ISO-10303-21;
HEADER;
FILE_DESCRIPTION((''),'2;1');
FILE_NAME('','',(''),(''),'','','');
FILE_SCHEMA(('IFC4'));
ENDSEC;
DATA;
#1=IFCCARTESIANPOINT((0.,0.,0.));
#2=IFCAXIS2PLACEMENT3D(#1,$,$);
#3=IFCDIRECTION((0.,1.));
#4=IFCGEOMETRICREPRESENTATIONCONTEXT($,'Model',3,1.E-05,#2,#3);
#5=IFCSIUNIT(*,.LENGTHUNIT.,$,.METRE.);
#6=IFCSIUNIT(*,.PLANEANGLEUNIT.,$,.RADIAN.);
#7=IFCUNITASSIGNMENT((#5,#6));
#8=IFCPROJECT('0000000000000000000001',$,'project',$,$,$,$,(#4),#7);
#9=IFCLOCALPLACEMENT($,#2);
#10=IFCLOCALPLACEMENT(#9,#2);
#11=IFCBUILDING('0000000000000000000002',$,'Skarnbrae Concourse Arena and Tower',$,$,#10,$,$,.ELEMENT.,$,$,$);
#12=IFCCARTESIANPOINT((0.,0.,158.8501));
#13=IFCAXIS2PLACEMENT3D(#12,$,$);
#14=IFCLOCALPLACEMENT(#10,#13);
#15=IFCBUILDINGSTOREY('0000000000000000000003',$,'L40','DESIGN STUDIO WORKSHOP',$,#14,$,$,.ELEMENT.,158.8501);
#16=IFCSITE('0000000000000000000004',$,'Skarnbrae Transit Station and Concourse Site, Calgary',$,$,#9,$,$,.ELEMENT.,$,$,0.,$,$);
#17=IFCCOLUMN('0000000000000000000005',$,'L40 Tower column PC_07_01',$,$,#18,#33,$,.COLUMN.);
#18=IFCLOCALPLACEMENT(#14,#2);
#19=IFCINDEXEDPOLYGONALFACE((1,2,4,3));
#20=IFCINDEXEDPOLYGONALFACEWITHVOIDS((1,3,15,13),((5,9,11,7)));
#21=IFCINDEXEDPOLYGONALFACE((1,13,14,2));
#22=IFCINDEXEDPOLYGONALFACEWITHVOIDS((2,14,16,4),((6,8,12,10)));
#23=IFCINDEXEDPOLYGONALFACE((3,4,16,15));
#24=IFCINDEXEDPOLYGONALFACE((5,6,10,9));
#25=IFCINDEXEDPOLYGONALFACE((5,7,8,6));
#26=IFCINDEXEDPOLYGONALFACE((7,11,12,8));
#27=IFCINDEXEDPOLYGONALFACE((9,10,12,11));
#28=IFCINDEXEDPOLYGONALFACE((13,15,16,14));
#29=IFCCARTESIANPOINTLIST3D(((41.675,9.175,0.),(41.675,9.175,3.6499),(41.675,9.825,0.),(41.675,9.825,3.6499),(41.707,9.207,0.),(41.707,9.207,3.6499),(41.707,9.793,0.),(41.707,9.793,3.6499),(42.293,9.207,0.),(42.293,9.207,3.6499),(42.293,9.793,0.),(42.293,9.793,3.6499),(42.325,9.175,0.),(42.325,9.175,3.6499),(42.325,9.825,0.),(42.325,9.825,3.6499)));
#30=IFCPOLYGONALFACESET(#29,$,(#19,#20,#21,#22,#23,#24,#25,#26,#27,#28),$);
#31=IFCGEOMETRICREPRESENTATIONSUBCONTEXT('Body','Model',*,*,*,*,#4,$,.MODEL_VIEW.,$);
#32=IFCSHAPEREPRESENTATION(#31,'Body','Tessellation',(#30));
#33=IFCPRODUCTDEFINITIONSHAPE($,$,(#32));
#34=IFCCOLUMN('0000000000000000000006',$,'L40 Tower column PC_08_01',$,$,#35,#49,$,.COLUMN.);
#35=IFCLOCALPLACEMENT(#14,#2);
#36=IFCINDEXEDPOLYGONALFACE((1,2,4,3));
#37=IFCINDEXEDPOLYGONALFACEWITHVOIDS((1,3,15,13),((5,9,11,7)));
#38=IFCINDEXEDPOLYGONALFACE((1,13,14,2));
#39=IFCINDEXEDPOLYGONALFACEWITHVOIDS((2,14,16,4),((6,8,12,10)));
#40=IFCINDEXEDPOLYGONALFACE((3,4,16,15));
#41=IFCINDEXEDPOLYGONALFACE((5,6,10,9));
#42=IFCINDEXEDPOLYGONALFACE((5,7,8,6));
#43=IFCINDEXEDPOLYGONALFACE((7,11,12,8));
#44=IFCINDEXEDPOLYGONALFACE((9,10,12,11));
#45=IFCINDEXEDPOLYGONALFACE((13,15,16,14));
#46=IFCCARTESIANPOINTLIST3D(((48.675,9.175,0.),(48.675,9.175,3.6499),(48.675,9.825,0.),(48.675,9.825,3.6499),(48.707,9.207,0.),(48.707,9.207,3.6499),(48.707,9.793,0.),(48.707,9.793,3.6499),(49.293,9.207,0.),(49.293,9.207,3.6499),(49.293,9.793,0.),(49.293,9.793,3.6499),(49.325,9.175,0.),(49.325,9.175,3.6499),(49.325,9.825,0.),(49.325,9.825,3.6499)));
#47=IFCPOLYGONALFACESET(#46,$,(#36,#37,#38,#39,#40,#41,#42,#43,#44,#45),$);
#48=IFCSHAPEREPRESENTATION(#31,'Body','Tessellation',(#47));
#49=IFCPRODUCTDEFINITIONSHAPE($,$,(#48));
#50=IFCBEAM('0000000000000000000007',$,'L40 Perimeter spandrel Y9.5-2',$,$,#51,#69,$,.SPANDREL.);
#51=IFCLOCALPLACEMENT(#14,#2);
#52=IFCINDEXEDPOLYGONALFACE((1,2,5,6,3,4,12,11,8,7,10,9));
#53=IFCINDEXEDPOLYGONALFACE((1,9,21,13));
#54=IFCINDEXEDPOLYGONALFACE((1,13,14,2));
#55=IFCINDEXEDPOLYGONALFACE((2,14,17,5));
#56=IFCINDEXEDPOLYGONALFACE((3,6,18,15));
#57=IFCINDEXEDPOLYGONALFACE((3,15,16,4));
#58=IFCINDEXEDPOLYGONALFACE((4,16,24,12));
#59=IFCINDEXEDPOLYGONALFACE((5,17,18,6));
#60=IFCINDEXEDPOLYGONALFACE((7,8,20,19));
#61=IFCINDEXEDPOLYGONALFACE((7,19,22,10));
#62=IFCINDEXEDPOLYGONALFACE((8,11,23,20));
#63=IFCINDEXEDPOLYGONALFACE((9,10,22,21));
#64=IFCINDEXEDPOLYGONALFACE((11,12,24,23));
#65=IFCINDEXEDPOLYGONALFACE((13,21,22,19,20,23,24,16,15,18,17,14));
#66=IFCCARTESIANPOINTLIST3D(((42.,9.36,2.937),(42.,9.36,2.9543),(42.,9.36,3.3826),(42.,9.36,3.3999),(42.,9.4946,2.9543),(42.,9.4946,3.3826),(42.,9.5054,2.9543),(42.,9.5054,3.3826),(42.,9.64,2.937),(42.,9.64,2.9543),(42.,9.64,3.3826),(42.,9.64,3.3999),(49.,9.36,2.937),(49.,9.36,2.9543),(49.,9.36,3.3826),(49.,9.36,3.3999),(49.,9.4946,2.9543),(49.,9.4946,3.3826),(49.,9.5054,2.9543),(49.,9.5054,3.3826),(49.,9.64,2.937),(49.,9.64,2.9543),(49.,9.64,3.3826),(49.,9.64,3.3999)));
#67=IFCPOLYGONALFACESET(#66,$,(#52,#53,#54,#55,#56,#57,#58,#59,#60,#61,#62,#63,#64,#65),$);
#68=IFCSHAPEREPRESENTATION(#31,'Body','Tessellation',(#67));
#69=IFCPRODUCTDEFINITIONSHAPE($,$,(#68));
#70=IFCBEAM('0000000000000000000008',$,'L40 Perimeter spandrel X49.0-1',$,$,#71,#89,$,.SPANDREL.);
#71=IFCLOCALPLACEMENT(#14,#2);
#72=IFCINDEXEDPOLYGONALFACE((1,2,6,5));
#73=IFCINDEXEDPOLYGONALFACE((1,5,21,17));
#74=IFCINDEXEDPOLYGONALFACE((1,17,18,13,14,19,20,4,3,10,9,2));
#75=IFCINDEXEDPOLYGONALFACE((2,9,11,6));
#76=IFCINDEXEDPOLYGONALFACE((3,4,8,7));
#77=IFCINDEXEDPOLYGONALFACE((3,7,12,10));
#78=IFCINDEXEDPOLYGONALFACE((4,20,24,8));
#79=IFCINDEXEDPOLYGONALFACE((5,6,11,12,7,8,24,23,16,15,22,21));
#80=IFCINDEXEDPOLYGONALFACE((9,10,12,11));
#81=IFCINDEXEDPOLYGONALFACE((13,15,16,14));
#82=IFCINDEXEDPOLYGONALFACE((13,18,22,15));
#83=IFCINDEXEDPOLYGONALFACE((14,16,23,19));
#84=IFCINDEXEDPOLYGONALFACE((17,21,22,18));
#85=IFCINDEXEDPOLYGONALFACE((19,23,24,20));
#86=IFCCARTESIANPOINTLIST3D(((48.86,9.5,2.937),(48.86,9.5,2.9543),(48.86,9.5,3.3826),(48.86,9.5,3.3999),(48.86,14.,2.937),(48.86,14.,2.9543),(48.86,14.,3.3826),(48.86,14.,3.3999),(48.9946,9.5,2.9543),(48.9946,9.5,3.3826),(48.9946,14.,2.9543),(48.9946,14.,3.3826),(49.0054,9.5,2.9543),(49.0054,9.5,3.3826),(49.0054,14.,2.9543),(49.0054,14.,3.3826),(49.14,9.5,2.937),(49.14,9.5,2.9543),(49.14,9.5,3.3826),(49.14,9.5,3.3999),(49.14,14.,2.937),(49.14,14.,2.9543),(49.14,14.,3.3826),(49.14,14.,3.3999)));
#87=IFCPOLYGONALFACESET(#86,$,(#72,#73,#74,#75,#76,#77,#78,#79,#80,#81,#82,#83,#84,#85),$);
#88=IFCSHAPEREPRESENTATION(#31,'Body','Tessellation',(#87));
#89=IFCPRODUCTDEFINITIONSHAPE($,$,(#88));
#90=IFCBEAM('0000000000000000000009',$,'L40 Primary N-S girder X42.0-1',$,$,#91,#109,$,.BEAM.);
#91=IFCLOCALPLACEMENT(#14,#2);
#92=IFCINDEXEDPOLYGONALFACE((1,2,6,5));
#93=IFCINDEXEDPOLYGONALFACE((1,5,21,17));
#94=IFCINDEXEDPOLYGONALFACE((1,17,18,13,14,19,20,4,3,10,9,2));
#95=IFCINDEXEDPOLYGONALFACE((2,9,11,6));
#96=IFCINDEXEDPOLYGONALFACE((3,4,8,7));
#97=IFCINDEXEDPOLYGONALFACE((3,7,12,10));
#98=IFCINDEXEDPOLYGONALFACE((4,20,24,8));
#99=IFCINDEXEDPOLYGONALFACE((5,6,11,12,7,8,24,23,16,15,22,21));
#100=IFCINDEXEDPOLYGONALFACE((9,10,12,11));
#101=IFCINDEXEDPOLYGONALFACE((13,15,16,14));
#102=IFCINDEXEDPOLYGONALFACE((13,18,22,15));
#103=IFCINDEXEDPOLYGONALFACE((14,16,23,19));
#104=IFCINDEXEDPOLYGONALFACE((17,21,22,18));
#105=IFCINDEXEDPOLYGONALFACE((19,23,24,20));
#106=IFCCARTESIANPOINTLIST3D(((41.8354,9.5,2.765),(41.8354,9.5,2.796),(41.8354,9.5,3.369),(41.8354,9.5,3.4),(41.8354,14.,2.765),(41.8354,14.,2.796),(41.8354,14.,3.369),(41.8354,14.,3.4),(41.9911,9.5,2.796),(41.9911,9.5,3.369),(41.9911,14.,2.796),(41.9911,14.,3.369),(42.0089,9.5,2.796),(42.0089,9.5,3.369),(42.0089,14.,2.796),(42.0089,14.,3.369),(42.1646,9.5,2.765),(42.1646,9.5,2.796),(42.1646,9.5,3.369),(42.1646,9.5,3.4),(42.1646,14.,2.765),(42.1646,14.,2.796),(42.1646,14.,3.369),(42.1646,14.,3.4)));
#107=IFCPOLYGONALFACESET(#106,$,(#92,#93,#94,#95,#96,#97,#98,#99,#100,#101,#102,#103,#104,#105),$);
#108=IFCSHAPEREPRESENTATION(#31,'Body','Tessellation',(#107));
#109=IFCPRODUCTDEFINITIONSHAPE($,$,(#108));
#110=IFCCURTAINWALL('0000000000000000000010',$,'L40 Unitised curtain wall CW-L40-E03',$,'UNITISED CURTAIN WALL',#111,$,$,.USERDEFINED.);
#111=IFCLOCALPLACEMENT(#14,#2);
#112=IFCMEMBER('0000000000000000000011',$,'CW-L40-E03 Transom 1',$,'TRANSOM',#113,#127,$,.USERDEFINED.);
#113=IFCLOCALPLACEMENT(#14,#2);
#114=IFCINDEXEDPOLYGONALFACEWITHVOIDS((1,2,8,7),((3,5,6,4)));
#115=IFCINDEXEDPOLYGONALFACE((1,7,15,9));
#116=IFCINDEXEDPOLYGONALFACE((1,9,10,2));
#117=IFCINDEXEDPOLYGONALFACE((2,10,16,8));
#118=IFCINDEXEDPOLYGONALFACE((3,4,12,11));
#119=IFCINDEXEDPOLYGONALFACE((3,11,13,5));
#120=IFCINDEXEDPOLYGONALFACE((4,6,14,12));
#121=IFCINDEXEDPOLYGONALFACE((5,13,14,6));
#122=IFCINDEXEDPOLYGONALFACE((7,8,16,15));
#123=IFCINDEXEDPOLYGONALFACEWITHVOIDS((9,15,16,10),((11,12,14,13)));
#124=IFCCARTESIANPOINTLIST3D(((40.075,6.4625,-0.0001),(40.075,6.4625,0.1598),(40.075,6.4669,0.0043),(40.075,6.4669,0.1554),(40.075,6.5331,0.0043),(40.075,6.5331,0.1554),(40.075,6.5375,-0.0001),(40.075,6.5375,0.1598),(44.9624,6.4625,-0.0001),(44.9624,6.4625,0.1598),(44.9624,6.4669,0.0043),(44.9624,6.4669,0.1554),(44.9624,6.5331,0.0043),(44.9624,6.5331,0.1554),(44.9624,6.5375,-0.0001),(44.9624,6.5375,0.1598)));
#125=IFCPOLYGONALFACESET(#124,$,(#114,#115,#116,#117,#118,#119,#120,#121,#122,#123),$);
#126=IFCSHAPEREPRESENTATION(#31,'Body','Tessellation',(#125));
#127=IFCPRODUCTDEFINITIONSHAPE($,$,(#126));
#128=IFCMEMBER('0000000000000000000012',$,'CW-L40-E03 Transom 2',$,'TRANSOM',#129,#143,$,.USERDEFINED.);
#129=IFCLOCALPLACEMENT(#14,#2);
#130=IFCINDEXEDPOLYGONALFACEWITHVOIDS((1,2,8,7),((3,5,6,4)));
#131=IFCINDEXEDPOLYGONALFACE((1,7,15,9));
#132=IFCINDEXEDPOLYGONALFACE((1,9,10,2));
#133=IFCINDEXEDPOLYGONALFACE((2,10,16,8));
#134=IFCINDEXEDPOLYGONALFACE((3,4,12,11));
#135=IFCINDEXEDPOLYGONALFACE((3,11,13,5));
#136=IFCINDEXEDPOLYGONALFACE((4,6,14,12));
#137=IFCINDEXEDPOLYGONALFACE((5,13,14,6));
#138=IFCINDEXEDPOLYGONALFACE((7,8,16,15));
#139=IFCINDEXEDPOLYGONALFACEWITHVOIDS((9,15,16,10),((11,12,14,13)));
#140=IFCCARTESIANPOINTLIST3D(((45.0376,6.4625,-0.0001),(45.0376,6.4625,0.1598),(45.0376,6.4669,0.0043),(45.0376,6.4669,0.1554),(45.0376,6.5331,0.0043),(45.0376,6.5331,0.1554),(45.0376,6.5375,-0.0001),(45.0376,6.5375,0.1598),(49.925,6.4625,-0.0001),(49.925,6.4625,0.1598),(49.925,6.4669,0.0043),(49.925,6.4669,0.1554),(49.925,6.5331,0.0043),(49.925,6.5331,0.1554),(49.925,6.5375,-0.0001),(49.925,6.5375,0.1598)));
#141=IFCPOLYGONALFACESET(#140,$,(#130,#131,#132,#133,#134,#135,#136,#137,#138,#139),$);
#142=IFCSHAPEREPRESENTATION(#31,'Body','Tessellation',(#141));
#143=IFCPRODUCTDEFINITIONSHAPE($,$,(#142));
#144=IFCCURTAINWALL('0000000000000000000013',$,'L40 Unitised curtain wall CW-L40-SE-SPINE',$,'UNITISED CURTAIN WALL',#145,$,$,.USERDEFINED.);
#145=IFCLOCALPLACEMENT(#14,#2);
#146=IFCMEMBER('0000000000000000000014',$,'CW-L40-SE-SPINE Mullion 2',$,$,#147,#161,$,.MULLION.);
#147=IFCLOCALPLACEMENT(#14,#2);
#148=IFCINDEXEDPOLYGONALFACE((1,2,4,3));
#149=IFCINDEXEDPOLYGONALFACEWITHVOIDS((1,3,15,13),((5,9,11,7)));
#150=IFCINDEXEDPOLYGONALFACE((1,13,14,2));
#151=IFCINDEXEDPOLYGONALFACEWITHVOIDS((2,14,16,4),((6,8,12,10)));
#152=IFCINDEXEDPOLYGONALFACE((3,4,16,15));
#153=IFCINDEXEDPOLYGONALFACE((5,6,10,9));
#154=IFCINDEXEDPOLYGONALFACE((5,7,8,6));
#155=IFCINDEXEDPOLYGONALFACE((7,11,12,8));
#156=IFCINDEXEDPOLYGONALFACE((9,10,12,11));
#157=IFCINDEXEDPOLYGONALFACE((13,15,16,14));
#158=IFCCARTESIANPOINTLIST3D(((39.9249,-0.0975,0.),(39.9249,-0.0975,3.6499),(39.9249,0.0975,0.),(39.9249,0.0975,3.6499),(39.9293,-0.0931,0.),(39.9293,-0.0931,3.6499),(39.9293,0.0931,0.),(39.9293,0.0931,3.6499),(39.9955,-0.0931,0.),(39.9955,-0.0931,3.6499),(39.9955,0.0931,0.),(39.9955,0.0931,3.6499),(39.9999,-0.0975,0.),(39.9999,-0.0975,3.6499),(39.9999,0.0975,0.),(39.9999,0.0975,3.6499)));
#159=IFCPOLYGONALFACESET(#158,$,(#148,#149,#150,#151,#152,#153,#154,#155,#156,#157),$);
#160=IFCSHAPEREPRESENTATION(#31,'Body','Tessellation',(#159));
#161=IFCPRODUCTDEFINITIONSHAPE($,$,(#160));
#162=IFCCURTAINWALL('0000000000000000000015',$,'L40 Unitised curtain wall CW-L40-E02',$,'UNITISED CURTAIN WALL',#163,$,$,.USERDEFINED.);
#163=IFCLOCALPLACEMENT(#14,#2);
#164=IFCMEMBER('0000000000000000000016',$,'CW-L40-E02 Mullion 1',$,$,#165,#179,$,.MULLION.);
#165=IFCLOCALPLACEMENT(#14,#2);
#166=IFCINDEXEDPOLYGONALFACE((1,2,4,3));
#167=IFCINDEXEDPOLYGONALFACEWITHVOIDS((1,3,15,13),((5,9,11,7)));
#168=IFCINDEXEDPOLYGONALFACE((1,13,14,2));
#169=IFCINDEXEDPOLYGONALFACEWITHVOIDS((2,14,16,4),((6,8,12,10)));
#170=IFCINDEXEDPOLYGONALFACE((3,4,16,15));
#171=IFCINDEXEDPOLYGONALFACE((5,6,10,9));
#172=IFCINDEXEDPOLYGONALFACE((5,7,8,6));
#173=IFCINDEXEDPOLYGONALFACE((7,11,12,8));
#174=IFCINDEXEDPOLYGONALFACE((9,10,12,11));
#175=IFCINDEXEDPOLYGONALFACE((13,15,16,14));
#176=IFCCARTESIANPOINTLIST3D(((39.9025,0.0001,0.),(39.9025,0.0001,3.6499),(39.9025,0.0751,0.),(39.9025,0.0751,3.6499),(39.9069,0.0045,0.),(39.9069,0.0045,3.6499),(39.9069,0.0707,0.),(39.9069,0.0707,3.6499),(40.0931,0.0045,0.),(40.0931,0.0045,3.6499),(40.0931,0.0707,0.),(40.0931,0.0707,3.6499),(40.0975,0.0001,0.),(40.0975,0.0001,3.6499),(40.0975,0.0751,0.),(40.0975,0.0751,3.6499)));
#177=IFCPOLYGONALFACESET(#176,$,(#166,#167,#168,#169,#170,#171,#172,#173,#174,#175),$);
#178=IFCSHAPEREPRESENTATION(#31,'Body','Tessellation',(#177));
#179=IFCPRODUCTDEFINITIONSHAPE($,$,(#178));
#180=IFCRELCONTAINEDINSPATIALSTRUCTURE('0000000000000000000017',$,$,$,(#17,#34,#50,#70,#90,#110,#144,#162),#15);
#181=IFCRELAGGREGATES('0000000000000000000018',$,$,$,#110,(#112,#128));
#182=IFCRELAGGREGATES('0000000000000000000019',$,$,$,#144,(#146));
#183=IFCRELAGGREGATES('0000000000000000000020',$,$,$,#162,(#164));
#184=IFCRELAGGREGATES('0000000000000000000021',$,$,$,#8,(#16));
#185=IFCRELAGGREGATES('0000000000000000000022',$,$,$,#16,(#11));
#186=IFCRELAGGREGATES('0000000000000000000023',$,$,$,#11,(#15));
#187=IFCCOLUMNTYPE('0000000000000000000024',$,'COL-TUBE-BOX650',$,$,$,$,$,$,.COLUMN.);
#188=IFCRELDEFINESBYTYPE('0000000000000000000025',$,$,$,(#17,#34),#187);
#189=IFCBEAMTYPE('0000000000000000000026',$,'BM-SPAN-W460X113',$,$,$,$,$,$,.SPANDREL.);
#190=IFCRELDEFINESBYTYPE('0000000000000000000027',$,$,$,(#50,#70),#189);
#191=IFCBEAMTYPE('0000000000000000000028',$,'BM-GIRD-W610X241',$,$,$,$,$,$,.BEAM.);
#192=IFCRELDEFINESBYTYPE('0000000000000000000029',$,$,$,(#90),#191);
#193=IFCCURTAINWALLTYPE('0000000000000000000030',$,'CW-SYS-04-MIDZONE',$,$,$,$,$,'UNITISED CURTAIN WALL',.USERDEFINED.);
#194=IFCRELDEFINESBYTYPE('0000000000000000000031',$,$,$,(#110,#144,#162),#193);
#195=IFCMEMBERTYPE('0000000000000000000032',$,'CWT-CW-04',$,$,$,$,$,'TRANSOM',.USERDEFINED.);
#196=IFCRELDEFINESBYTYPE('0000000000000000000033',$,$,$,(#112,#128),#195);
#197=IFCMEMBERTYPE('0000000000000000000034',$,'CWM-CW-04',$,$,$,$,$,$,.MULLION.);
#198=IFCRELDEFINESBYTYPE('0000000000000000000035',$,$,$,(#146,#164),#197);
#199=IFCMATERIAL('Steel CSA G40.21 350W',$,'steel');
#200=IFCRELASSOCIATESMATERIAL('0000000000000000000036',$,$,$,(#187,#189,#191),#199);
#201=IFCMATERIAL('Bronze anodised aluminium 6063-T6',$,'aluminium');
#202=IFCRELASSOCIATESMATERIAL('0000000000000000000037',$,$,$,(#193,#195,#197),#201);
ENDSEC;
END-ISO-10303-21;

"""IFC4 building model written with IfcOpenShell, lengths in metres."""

from ifc_helpers import new_model, si_unit, direction, frame, origin, origin_2d, place, context, subcontext, project, spatial, hollow_rectangle, i_section, extrude, source, transform, mapped, material, material_profile, profile_set, type_object, element, aggregate, save


model = new_model("IFC4")

# Units and contexts
model_context = context("Model", 3, precision=1e-05, world=origin(), true_north=direction((0.0, 1.0)))
body_context = subcontext(model_context, "Body", "Model", "MODEL_VIEW")
ifc_project = project(units=[si_unit("LENGTHUNIT", "METRE"), si_unit("PLANEANGLEUNIT", "RADIAN")], contexts=[model_context])

# Site, building, storey
site_placement = place(None, origin())
site = spatial("IfcSite", under=ifc_project, at=site_placement, Name="Skarnbrae Transit Station and Concourse Site, Calgary", CompositionType="ELEMENT", RefElevation=0.0)
building_placement = place(site_placement, origin())
building = spatial("IfcBuilding", under=site, at=building_placement, Name="Skarnbrae Concourse Arena and Tower", CompositionType="ELEMENT")
storey_placement = place(building_placement, frame((0.0, 0.0, 158.8501)))
storey = spatial("IfcBuildingStorey", under=building, at=storey_placement, Name="L40", Description="DESIGN STUDIO WORKSHOP", CompositionType="ELEMENT", Elevation=158.8501)

# Columns
ifc_material_1 = material(Name="Steel CSA G40.21 350W", Category="steel")
ifc_material_profile_1 = material_profile(ifc_material_1, hollow_rectangle(XDim=0.6499, YDim=0.6499, WallThickness=0.032, at=origin_2d()), Name="BOX650X650X32")
ifc_profile_set_1 = profile_set([ifc_material_profile_1], Name="Steel CSA G40.21 350W")
column_type = type_object("IfcColumnType", Name="COL-TUBE-BOX650", PredefinedType="COLUMN", material=ifc_profile_set_1)
shared_shape_1 = source(origin(), body_context, "Body", "SweptSolid", [
    extrude(hollow_rectangle(XDim=0.6499, YDim=0.6499, WallThickness=0.032, at=origin_2d()), origin(), (0.0, 0.0, 1.0), 3.6499),
])
for number, where, z_axis, x_axis, name in (
    (1, (42.0, 9.5, 0.0), (0.0, 0.0, 1.0), (1.0, 0.0, 0.0), "L40 Tower column PC_07_01"),
    (2, (49.0, 9.5, 0.0), (0.0, 0.0, 1.0), (1.0, 0.0, 0.0), "L40 Tower column PC_08_01"),
):
    element("IfcColumn", number, at=place(storey_placement, frame(where, z_axis=z_axis, x_axis=x_axis)), inside=storey, type_object=column_type, Name=name, PredefinedType="COLUMN", context=body_context, shape_type="MappedRepresentation", body=[
        mapped(shared_shape_1, transform((0.0, 0.0, 0.0))),
    ])

# Beams
ifc_material_profile_2 = material_profile(ifc_material_1, i_section(OverallWidth=0.28, OverallDepth=0.4629, WebThickness=0.0107, FlangeThickness=0.0173, at=origin_2d()), Name="W460X113")
ifc_profile_set_2 = profile_set([ifc_material_profile_2], Name="Steel CSA G40.21 350W")
beam_type_1 = type_object("IfcBeamType", Name="BM-SPAN-W460X113", PredefinedType="SPANDREL", material=ifc_profile_set_2)
shared_shape_2 = source(origin(), body_context, "Body", "SweptSolid", [
    extrude(i_section(OverallWidth=0.28, OverallDepth=0.4629, WebThickness=0.0107, FlangeThickness=0.0173, at=origin_2d()), origin(), (0.0, 0.0, 1.0), 7.0),
])
beam_1_placement = place(storey_placement, frame((42.0, 9.5, 3.1685), z_axis=(1.0, 0.0, 0.0), x_axis=(0.0, 1.0, 0.0)))
element("IfcBeam", 3, at=beam_1_placement, inside=storey, type_object=beam_type_1, Name="L40 Perimeter spandrel Y9.5-2", PredefinedType="SPANDREL", context=body_context, shape_type="MappedRepresentation", body=[
    mapped(shared_shape_2, transform((0.0, 0.0, 0.0))),
])
shared_shape_3 = source(origin(), body_context, "Body", "SweptSolid", [
    extrude(i_section(OverallWidth=0.28, OverallDepth=0.4629, WebThickness=0.0107, FlangeThickness=0.0173, at=origin_2d()), origin(), (0.0, 0.0, 1.0), 4.5),
])
beam_2_placement = place(storey_placement, frame((49.0, 9.5, 3.1685), z_axis=(0.0, 1.0, 0.0), x_axis=(-1.0, 0.0, 0.0)))
element("IfcBeam", 4, at=beam_2_placement, inside=storey, type_object=beam_type_1, Name="L40 Perimeter spandrel X49.0-1", PredefinedType="SPANDREL", context=body_context, shape_type="MappedRepresentation", body=[
    mapped(shared_shape_3, transform((0.0, 0.0, 0.0))),
])
ifc_material_profile_3 = material_profile(ifc_material_1, i_section(OverallWidth=0.3291, OverallDepth=0.635, WebThickness=0.0178, FlangeThickness=0.031, at=origin_2d()), Name="W610X241")
ifc_profile_set_3 = profile_set([ifc_material_profile_3], Name="Steel CSA G40.21 350W")
beam_type_2 = type_object("IfcBeamType", Name="BM-GIRD-W610X241", PredefinedType="BEAM", material=ifc_profile_set_3)
shared_shape_4 = source(origin(), body_context, "Body", "SweptSolid", [
    extrude(i_section(OverallWidth=0.3291, OverallDepth=0.635, WebThickness=0.0178, FlangeThickness=0.031, at=origin_2d()), origin(), (0.0, 0.0, 1.0), 4.5),
])
beam_3_placement = place(storey_placement, frame((42.0, 9.5, 3.0825), z_axis=(0.0, 1.0, 0.0), x_axis=(-1.0, 0.0, 0.0)))
element("IfcBeam", 5, at=beam_3_placement, inside=storey, type_object=beam_type_2, Name="L40 Primary N-S girder X42.0-1", PredefinedType="BEAM", context=body_context, shape_type="MappedRepresentation", body=[
    mapped(shared_shape_4, transform((0.0, 0.0, 0.0))),
])

# Curtain wall, members
ifc_material_2 = material(Name="Bronze anodised aluminium 6063-T6", Category="aluminium")
curtain_wall_type = type_object("IfcCurtainWallType", Name="CW-SYS-04-MIDZONE", ElementType="UNITISED CURTAIN WALL", PredefinedType="USERDEFINED", material=ifc_material_2)
curtain_wall_1_placement = place(storey_placement, origin())
curtain_wall_1 = element("IfcCurtainWall", 6, at=curtain_wall_1_placement, inside=storey, type_object=curtain_wall_type, Name="L40 Unitised curtain wall CW-L40-E03", ObjectType="UNITISED CURTAIN WALL", PredefinedType="USERDEFINED")
ifc_material_profile_4 = material_profile(ifc_material_2, hollow_rectangle(XDim=0.075, YDim=0.1599, WallThickness=0.0044, at=origin_2d()), Name="ALU-TRAN-75X160")
ifc_profile_set_4 = profile_set([ifc_material_profile_4], Name="Bronze anodised aluminium 6063-T6")
member_type_1 = type_object("IfcMemberType", Name="CWT-CW-04", ElementType="TRANSOM", PredefinedType="USERDEFINED", material=ifc_profile_set_4)
shared_shape_5 = source(origin(), body_context, "Body", "SweptSolid", [
    extrude(hollow_rectangle(XDim=0.075, YDim=0.1599, WallThickness=0.0044, at=origin_2d()), origin(), (0.0, 0.0, 1.0), 4.8875),
])
member_1_placement = place(storey_placement, frame((40.075, 6.5, 0.0798), z_axis=(1.0, 0.0, 0.0), x_axis=(0.0, 1.0, 0.0)))
member_1 = element("IfcMember", 7, at=member_1_placement, type_object=member_type_1, Name="CW-L40-E03 Transom 1", ObjectType="TRANSOM", PredefinedType="USERDEFINED", context=body_context, shape_type="MappedRepresentation", body=[
    mapped(shared_shape_5, transform((0.0, 0.0, 0.0))),
])
member_2_placement = place(storey_placement, frame((45.0376, 6.5, 0.0798), z_axis=(1.0, 0.0, 0.0), x_axis=(0.0, 1.0, 0.0)))
member_2 = element("IfcMember", 8, at=member_2_placement, type_object=member_type_1, Name="CW-L40-E03 Transom 2", ObjectType="TRANSOM", PredefinedType="USERDEFINED", context=body_context, shape_type="MappedRepresentation", body=[
    mapped(shared_shape_5, transform((0.0, 0.0, 0.0))),
])

# Curtain wall, member
curtain_wall_2_placement = place(storey_placement, origin())
curtain_wall_2 = element("IfcCurtainWall", 9, at=curtain_wall_2_placement, inside=storey, type_object=curtain_wall_type, Name="L40 Unitised curtain wall CW-L40-SE-SPINE", ObjectType="UNITISED CURTAIN WALL", PredefinedType="USERDEFINED")
ifc_material_profile_5 = material_profile(ifc_material_2, hollow_rectangle(XDim=0.075, YDim=0.1951, WallThickness=0.0044, at=origin_2d()), Name="ALU-MULL-75X195")
ifc_profile_set_5 = profile_set([ifc_material_profile_5], Name="Bronze anodised aluminium 6063-T6")
member_type_2 = type_object("IfcMemberType", Name="CWM-CW-04", PredefinedType="MULLION", material=ifc_profile_set_5)
shared_shape_6 = source(origin(), body_context, "Body", "SweptSolid", [
    extrude(hollow_rectangle(XDim=0.075, YDim=0.1951, WallThickness=0.0044, at=origin_2d()), origin(), (0.0, 0.0, 1.0), 3.6499),
])
member_3_placement = place(storey_placement, frame((39.9624, 0.0, 0.0), z_axis=(0.0, 0.0, 1.0), x_axis=(1.0, 0.0, 0.0)))
member_3 = element("IfcMember", 10, at=member_3_placement, type_object=member_type_2, Name="CW-L40-SE-SPINE Mullion 2", PredefinedType="MULLION", context=body_context, shape_type="MappedRepresentation", body=[
    mapped(shared_shape_6, transform((0.0, 0.0, 0.0))),
])

# Curtain wall, member
curtain_wall_3_placement = place(storey_placement, origin())
curtain_wall_3 = element("IfcCurtainWall", 11, at=curtain_wall_3_placement, inside=storey, type_object=curtain_wall_type, Name="L40 Unitised curtain wall CW-L40-E02", ObjectType="UNITISED CURTAIN WALL", PredefinedType="USERDEFINED")
member_4_placement = place(storey_placement, frame((40.0, 0.0376, 0.0), z_axis=(0.0, 0.0, 1.0), x_axis=(0.0, 1.0, 0.0)))
member_4 = element("IfcMember", 12, at=member_4_placement, type_object=member_type_2, Name="CW-L40-E02 Mullion 1", PredefinedType="MULLION", context=body_context, shape_type="MappedRepresentation", body=[
    mapped(shared_shape_6, transform((0.0, 0.0, 0.0))),
])

aggregate(curtain_wall_1, [member_1, member_2])
aggregate(curtain_wall_2, [member_3])
aggregate(curtain_wall_3, [member_4])

save(model, "model.ifc")
